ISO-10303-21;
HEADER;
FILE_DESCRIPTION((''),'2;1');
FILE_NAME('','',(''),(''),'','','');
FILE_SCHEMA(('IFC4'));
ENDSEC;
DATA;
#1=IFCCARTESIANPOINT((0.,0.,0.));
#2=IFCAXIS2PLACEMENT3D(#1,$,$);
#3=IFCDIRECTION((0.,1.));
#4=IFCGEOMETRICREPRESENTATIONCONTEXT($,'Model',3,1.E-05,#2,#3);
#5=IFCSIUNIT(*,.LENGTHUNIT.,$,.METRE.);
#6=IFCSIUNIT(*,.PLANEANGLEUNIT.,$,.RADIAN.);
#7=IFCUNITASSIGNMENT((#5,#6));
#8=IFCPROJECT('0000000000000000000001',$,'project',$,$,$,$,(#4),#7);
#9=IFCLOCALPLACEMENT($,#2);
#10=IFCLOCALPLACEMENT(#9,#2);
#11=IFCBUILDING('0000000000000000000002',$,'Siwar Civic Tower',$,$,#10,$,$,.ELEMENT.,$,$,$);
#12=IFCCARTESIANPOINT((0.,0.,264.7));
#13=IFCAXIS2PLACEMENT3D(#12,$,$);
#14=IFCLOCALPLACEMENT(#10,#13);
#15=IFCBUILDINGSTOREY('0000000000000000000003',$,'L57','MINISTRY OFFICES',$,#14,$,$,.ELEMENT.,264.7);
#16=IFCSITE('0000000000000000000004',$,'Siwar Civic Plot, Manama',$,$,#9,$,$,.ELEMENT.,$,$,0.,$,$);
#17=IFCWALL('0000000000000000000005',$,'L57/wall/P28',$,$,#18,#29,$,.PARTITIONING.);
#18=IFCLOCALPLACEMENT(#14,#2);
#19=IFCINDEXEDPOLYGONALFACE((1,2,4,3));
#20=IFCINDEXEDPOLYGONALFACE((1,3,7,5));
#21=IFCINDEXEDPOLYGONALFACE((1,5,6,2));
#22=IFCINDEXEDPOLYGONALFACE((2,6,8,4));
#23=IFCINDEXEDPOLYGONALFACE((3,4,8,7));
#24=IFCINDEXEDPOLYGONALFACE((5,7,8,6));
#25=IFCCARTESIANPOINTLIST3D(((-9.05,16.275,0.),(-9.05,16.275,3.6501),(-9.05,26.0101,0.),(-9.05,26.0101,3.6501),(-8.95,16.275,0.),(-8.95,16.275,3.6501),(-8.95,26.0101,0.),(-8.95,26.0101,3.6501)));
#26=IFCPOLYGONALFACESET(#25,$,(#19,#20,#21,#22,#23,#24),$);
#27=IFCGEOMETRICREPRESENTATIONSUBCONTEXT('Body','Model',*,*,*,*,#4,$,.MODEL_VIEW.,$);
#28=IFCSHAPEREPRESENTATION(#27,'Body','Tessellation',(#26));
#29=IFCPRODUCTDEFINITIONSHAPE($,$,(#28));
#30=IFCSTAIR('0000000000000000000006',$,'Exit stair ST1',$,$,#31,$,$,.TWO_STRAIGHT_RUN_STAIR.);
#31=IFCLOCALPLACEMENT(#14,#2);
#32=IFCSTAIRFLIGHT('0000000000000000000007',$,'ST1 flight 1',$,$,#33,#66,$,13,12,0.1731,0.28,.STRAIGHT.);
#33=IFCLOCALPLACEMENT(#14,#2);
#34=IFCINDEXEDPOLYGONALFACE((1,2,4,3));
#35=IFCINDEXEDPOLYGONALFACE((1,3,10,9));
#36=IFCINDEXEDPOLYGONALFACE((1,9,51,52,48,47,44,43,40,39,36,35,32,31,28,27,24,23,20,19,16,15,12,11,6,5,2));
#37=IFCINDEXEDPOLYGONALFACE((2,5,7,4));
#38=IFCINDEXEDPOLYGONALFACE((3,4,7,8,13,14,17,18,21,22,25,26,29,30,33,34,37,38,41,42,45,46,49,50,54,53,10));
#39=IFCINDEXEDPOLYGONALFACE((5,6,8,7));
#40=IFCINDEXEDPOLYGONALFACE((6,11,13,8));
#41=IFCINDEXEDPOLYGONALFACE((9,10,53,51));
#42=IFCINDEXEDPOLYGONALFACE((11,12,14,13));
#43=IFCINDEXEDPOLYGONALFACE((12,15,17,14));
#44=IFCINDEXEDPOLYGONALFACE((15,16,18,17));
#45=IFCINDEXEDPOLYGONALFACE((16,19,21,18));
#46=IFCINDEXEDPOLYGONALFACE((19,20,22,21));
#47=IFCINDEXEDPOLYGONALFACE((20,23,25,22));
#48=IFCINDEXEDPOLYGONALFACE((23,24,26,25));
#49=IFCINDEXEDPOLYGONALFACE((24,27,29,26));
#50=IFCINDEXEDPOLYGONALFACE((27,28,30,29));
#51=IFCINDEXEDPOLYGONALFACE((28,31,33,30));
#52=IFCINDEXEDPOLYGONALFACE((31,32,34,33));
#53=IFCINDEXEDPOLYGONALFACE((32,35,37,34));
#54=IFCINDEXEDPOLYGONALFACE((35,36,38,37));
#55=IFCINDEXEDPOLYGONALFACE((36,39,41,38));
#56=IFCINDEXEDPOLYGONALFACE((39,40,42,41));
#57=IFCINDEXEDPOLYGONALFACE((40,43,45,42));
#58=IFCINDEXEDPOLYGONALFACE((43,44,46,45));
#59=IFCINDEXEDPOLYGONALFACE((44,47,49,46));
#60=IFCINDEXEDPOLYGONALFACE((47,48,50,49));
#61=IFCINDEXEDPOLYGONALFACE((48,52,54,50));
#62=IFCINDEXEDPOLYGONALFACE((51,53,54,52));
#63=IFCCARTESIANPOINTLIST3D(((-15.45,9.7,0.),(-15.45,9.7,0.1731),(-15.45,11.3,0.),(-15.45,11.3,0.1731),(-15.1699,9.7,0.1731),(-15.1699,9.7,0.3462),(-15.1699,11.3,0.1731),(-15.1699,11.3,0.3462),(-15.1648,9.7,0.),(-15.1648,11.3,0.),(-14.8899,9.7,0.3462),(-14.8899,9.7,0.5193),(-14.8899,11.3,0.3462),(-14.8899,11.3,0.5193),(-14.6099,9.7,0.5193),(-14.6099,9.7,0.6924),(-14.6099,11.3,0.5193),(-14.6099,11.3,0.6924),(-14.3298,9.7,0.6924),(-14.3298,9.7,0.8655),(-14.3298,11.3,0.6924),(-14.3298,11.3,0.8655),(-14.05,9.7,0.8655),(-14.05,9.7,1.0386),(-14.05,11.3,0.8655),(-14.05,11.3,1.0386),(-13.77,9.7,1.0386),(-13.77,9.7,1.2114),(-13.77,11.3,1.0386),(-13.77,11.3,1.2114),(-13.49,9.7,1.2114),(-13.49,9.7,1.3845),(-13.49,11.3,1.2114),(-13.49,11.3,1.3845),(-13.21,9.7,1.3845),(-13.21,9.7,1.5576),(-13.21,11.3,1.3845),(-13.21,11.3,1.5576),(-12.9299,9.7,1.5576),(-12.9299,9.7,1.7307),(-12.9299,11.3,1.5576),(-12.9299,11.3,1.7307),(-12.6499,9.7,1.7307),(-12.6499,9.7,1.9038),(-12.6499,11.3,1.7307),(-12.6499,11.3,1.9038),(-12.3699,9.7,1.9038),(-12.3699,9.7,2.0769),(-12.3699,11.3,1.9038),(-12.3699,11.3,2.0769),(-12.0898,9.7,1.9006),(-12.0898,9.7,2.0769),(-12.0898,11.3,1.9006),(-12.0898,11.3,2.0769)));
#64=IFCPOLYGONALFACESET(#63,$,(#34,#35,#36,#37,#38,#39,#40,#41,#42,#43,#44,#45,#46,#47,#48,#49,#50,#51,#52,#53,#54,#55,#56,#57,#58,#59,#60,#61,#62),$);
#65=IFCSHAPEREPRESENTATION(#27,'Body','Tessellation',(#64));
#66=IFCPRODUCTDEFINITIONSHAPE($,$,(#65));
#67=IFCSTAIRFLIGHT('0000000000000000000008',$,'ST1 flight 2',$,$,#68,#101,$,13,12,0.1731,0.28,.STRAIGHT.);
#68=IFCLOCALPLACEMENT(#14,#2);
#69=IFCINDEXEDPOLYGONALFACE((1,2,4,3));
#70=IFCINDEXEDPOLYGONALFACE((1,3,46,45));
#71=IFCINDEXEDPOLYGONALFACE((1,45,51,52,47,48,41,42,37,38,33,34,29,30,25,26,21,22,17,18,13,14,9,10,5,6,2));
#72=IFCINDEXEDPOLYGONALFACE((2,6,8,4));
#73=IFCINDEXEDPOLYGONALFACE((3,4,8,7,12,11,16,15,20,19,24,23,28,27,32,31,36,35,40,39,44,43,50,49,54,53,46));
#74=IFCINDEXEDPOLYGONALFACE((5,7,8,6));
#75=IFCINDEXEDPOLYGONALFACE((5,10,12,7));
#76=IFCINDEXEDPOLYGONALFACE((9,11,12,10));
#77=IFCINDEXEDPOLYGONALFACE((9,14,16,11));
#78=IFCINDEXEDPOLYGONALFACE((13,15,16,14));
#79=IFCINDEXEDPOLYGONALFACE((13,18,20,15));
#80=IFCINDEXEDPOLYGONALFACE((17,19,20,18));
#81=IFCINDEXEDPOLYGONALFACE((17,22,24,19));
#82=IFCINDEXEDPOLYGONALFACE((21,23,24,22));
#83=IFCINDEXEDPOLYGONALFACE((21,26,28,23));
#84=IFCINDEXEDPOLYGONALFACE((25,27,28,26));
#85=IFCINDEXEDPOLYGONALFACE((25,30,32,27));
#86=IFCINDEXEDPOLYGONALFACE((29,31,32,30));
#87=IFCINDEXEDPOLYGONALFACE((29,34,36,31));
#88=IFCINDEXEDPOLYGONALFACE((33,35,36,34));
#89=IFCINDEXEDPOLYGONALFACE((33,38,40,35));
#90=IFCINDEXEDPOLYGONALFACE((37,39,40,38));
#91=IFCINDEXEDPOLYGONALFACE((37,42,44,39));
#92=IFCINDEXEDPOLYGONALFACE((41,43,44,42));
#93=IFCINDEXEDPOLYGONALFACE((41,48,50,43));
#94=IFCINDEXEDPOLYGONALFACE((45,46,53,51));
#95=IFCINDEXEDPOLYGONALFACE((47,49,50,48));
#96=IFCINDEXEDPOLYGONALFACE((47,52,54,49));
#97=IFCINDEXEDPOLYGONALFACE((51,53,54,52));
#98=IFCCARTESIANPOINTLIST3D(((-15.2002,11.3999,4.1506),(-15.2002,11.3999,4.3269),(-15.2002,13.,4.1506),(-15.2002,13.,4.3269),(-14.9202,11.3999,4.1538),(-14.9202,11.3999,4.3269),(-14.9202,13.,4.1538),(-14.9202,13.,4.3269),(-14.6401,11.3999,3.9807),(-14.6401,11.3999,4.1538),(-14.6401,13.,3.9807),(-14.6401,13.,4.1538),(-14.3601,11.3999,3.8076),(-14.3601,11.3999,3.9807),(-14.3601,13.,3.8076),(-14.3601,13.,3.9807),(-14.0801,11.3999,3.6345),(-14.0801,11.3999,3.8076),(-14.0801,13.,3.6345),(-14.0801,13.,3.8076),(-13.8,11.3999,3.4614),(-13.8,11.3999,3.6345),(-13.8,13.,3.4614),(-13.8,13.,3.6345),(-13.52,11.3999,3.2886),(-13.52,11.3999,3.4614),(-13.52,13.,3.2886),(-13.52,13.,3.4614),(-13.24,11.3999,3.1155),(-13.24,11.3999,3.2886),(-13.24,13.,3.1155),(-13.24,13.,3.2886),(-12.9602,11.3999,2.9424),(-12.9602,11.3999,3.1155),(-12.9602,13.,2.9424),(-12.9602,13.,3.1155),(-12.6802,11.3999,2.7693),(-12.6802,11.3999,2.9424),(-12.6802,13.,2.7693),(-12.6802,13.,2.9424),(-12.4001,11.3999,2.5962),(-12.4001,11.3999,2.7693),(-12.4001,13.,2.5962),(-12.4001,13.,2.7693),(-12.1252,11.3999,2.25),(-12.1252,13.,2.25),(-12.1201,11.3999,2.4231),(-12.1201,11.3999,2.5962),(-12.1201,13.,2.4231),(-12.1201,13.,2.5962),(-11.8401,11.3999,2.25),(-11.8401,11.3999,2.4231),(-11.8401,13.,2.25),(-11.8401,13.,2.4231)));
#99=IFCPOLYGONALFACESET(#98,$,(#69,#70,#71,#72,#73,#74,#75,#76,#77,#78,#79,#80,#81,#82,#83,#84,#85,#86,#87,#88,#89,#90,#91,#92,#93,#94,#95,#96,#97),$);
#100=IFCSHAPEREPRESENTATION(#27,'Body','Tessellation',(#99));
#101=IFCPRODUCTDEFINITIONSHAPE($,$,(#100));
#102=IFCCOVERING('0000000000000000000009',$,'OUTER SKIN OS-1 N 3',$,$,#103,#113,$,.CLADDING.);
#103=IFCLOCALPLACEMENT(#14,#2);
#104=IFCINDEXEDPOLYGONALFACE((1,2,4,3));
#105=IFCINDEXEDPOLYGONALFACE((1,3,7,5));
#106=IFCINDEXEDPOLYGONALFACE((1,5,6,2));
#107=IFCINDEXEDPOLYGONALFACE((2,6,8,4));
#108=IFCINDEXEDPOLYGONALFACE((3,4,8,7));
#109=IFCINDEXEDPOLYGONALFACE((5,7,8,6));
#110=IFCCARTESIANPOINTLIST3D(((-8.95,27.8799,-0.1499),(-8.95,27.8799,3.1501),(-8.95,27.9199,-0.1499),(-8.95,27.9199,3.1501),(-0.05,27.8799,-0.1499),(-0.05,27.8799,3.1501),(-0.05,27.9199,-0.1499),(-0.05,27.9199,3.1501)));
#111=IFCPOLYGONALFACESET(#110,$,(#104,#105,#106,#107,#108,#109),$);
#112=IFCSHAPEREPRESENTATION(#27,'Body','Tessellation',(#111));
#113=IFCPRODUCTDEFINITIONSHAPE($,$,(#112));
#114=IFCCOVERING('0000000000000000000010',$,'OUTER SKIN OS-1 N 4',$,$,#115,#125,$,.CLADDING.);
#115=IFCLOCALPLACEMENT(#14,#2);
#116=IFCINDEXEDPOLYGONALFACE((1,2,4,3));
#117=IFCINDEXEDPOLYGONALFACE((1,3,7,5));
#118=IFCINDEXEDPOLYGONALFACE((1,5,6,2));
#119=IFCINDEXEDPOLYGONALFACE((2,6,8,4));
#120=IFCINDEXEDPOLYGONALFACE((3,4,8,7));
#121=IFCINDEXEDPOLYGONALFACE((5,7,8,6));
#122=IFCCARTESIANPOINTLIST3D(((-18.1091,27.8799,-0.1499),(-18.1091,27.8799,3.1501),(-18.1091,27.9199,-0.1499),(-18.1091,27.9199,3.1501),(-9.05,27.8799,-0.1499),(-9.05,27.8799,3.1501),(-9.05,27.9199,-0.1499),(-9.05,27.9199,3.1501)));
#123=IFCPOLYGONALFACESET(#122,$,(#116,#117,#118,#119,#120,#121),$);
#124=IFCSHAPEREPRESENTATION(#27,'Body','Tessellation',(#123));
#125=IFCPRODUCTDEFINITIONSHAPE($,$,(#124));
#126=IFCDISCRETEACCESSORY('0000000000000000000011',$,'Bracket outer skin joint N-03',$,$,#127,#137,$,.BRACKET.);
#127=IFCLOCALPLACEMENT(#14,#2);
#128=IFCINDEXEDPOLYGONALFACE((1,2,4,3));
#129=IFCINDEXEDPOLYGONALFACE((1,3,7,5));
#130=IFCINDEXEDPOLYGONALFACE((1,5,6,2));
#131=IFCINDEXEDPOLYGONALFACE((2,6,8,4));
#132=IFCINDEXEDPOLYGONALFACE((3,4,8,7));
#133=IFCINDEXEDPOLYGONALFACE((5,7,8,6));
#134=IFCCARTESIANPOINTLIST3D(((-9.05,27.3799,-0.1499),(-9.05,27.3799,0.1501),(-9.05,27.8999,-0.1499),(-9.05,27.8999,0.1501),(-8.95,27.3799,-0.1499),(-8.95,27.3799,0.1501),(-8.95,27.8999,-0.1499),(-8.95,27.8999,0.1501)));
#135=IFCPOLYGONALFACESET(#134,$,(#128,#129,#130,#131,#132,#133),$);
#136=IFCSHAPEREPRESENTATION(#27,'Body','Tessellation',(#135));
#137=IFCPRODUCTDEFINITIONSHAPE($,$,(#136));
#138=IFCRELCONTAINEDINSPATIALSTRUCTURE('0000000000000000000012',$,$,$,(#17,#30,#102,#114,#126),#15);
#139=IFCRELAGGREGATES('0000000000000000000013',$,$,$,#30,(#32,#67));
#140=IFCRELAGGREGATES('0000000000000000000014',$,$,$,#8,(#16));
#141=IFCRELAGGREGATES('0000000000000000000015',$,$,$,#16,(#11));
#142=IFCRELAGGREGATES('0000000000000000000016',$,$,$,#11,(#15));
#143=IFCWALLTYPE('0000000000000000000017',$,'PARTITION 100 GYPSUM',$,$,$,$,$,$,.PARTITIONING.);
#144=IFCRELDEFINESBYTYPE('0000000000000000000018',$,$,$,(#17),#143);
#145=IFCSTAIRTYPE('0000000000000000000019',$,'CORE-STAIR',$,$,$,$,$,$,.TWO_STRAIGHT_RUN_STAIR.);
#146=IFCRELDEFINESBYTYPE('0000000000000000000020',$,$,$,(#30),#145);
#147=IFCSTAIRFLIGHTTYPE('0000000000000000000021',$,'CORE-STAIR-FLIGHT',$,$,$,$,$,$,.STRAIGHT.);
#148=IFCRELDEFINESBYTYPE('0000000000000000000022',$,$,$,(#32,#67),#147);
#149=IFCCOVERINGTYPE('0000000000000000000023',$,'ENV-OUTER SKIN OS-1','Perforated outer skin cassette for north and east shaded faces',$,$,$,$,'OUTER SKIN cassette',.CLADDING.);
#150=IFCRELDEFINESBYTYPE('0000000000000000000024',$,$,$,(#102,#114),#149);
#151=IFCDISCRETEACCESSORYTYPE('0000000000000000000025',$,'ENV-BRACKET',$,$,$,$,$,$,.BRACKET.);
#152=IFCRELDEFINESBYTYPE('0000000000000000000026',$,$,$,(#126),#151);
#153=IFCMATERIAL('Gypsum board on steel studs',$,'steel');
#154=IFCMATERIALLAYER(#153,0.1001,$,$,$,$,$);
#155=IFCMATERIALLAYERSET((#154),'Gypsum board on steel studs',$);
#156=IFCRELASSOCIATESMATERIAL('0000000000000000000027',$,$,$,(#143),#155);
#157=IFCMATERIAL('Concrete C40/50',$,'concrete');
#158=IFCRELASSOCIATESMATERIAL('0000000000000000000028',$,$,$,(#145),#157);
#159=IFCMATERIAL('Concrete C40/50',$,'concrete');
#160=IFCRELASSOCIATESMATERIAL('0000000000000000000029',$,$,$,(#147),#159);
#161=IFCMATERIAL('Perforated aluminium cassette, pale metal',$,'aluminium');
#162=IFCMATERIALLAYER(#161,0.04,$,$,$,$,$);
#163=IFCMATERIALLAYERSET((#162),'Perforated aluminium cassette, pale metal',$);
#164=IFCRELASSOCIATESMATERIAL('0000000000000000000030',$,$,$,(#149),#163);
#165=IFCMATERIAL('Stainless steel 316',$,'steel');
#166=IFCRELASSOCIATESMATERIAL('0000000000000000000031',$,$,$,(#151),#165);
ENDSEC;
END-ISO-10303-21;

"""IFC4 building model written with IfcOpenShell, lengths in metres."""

from ifc_helpers import new_model, si_unit, direction, frame, frame_2d, origin, origin_2d, place, context, subcontext, project, spatial, polyline, rectangle, outline, extrude, material, layer, layer_set, type_object, element, aggregate, save


model = new_model("IFC4")

# Units and contexts
model_context = context("Model", 3, precision=1e-05, world=origin(), true_north=direction((0.0, 1.0)))
body_context = subcontext(model_context, "Body", "Model", "MODEL_VIEW")
ifc_project = project(units=[si_unit("LENGTHUNIT", "METRE"), si_unit("PLANEANGLEUNIT", "RADIAN")], contexts=[model_context])

# Site, building, storey
site_placement = place(None, origin())
site = spatial("IfcSite", under=ifc_project, at=site_placement, Name="Siwar Civic Plot, Manama", CompositionType="ELEMENT", RefElevation=0.0)
building_placement = place(site_placement, origin())
building = spatial("IfcBuilding", under=site, at=building_placement, Name="Siwar Civic Tower", CompositionType="ELEMENT")
storey_placement = place(building_placement, frame((0.0, 0.0, 264.7)))
storey = spatial("IfcBuildingStorey", under=building, at=storey_placement, Name="L57", Description="MINISTRY OFFICES", CompositionType="ELEMENT", Elevation=264.7)

# Shared definitions
ifc_material_1 = material(Name="Gypsum board on steel studs", Category="steel")
ifc_layer_1 = layer(ifc_material_1, 0.1001)
ifc_layer_set_1 = layer_set([ifc_layer_1], Name="Gypsum board on steel studs")
wall_type_1 = type_object("IfcWallType", Name="PARTITION 100 GYPSUM", PredefinedType="PARTITIONING", material=ifc_layer_set_1)

# Wall
wall_1_placement = place(storey_placement, frame((-9.0, 16.2749, 0.0), z_axis=(0.0, 0.0, 1.0), x_axis=(0.0, 1.0, 0.0)))
element("IfcWall", 1, at=wall_1_placement, inside=storey, type_object=wall_type_1, Name="L57/wall/P28", PredefinedType="PARTITIONING", context=body_context, shape_type="SweptSolid", body=[
    extrude(rectangle(XDim=9.7351, YDim=0.1001, at=frame_2d((4.8677, 0.0))), origin(), (0.0, 0.0, 1.0), 3.6501),
])

# Stair, stair flights
ifc_material_2 = material(Name="Concrete C40/50", Category="concrete")
stair_type = type_object("IfcStairType", Name="CORE-STAIR", PredefinedType="TWO_STRAIGHT_RUN_STAIR", material=ifc_material_2)
stair_placement = place(storey_placement, origin())
stair = element("IfcStair", 2, at=stair_placement, inside=storey, type_object=stair_type, Name="Exit stair ST1", PredefinedType="TWO_STRAIGHT_RUN_STAIR")
ifc_material_3 = material(Name="Concrete C40/50", Category="concrete")
stair_flight_type = type_object("IfcStairFlightType", Name="CORE-STAIR-FLIGHT", PredefinedType="STRAIGHT", material=ifc_material_3)
stair_flight_1_placement = place(storey_placement, frame((-15.45, 10.5, 0.0), z_axis=(0.0, 0.0, 1.0), x_axis=(1.0, 0.0, 0.0)))
stair_flight_1 = element("IfcStairFlight", 3, at=stair_flight_1_placement, type_object=stair_flight_type, Name="ST1 flight 1", NumberOfRisers=13, NumberOfTreads=12, PredefinedType="STRAIGHT", RiserHeight=0.1731, TreadLength=0.28, context=body_context, shape_type="SweptSolid", body=[
    extrude(outline(polyline([(0.0, 0.0), (0.0, 0.1731), (0.28, 0.1731), (0.28, 0.3462), (0.5601, 0.3462), (0.5601, 0.5193), (0.8401, 0.5193), (0.8401, 0.6924), (1.1201, 0.6924), (1.1201, 0.8655), (1.3999, 0.8655), (1.3999, 1.0386), (1.6799, 1.0386), (1.6799, 1.2114), (1.96, 1.2114), (1.96, 1.3845), (2.24, 1.3845), (2.24, 1.5576), (2.52, 1.5576), (2.52, 1.7307), (2.8, 1.7307), (2.8, 1.9038), (3.0801, 1.9038), (3.0801, 2.0769), (3.3601, 2.0769), (3.3601, 2.25), (3.3601, 1.9006), (0.2852, 0.0), (0.0, 0.0)])), frame((0.0, 0.8, 0.0), z_axis=(0.0, -1.0, 0.0), x_axis=(1.0, 0.0, 0.0)), (0.0, 0.0, 1.0), 1.6001),
])
stair_flight_2_placement = place(storey_placement, frame((-11.8401, 12.2, 2.25), z_axis=(0.0, 0.0, 1.0), x_axis=(-1.0, 0.0, 0.0)))
stair_flight_2 = element("IfcStairFlight", 4, at=stair_flight_2_placement, type_object=stair_flight_type, Name="ST1 flight 2", NumberOfRisers=13, NumberOfTreads=12, PredefinedType="STRAIGHT", RiserHeight=0.1731, TreadLength=0.28, context=body_context, shape_type="SweptSolid", body=[
    extrude(outline(polyline([(0.0, 0.0), (0.0, 0.1731), (0.28, 0.1731), (0.28, 0.3462), (0.5601, 0.3462), (0.5601, 0.5193), (0.8401, 0.5193), (0.8401, 0.6924), (1.1201, 0.6924), (1.1201, 0.8655), (1.3999, 0.8655), (1.3999, 1.0386), (1.6799, 1.0386), (1.6799, 1.2114), (1.96, 1.2114), (1.96, 1.3845), (2.24, 1.3845), (2.24, 1.5576), (2.52, 1.5576), (2.52, 1.7307), (2.8, 1.7307), (2.8, 1.9038), (3.0801, 1.9038), (3.0801, 2.0769), (3.3601, 2.0769), (3.3601, 2.25), (3.3601, 1.9006), (0.2852, 0.0), (0.0, 0.0)])), frame((0.0, 0.8, 0.0), z_axis=(0.0, -1.0, 0.0), x_axis=(1.0, 0.0, 0.0)), (0.0, 0.0, 1.0), 1.6001),
])
aggregate(stair, [stair_flight_1, stair_flight_2])

# Coverings
ifc_material_4 = material(Name="Perforated aluminium cassette, pale metal", Category="aluminium")
ifc_layer_2 = layer(ifc_material_4, 0.04)
ifc_layer_set_2 = layer_set([ifc_layer_2], Name="Perforated aluminium cassette, pale metal")
covering_type = type_object("IfcCoveringType", Name="ENV-OUTER SKIN OS-1", Description="Perforated outer skin cassette for north and east shaded faces", ElementType="OUTER SKIN cassette", PredefinedType="CLADDING", material=ifc_layer_set_2)
covering_1_placement = place(storey_placement, frame((-4.5, 27.8999, -0.1499), z_axis=(0.0, 0.0, 1.0), x_axis=(-1.0, 0.0, 0.0)))
element("IfcCovering", 5, at=covering_1_placement, inside=storey, type_object=covering_type, Name="OUTER SKIN OS-1 N 3", PredefinedType="CLADDING", context=body_context, shape_type="SweptSolid", body=[
    extrude(rectangle(XDim=8.8999, YDim=0.04, at=origin_2d()), origin(), (0.0, 0.0, 1.0), 3.3),
])
covering_2_placement = place(storey_placement, frame((-13.5796, 27.8999, -0.1499), z_axis=(0.0, 0.0, 1.0), x_axis=(-1.0, 0.0, 0.0)))
element("IfcCovering", 6, at=covering_2_placement, inside=storey, type_object=covering_type, Name="OUTER SKIN OS-1 N 4", PredefinedType="CLADDING", context=body_context, shape_type="SweptSolid", body=[
    extrude(rectangle(XDim=9.0591, YDim=0.04, at=origin_2d()), origin(), (0.0, 0.0, 1.0), 3.3),
])

# Discrete accessory
ifc_material_5 = material(Name="Stainless steel 316", Category="steel")
discrete_accessory_type = type_object("IfcDiscreteAccessoryType", Name="ENV-BRACKET", PredefinedType="BRACKET", material=ifc_material_5)
discrete_accessory_placement = place(storey_placement, frame((-9.0, 27.6399, -0.1499), z_axis=(0.0, 0.0, 1.0), x_axis=(0.0, 1.0, 0.0)))
element("IfcDiscreteAccessory", 7, at=discrete_accessory_placement, inside=storey, type_object=discrete_accessory_type, Name="Bracket outer skin joint N-03", PredefinedType="BRACKET", context=body_context, shape_type="SweptSolid", body=[
    extrude(rectangle(XDim=0.52, YDim=0.1001, at=origin_2d()), origin(), (0.0, 0.0, 1.0), 0.3),
])

save(model, "model.ifc")
